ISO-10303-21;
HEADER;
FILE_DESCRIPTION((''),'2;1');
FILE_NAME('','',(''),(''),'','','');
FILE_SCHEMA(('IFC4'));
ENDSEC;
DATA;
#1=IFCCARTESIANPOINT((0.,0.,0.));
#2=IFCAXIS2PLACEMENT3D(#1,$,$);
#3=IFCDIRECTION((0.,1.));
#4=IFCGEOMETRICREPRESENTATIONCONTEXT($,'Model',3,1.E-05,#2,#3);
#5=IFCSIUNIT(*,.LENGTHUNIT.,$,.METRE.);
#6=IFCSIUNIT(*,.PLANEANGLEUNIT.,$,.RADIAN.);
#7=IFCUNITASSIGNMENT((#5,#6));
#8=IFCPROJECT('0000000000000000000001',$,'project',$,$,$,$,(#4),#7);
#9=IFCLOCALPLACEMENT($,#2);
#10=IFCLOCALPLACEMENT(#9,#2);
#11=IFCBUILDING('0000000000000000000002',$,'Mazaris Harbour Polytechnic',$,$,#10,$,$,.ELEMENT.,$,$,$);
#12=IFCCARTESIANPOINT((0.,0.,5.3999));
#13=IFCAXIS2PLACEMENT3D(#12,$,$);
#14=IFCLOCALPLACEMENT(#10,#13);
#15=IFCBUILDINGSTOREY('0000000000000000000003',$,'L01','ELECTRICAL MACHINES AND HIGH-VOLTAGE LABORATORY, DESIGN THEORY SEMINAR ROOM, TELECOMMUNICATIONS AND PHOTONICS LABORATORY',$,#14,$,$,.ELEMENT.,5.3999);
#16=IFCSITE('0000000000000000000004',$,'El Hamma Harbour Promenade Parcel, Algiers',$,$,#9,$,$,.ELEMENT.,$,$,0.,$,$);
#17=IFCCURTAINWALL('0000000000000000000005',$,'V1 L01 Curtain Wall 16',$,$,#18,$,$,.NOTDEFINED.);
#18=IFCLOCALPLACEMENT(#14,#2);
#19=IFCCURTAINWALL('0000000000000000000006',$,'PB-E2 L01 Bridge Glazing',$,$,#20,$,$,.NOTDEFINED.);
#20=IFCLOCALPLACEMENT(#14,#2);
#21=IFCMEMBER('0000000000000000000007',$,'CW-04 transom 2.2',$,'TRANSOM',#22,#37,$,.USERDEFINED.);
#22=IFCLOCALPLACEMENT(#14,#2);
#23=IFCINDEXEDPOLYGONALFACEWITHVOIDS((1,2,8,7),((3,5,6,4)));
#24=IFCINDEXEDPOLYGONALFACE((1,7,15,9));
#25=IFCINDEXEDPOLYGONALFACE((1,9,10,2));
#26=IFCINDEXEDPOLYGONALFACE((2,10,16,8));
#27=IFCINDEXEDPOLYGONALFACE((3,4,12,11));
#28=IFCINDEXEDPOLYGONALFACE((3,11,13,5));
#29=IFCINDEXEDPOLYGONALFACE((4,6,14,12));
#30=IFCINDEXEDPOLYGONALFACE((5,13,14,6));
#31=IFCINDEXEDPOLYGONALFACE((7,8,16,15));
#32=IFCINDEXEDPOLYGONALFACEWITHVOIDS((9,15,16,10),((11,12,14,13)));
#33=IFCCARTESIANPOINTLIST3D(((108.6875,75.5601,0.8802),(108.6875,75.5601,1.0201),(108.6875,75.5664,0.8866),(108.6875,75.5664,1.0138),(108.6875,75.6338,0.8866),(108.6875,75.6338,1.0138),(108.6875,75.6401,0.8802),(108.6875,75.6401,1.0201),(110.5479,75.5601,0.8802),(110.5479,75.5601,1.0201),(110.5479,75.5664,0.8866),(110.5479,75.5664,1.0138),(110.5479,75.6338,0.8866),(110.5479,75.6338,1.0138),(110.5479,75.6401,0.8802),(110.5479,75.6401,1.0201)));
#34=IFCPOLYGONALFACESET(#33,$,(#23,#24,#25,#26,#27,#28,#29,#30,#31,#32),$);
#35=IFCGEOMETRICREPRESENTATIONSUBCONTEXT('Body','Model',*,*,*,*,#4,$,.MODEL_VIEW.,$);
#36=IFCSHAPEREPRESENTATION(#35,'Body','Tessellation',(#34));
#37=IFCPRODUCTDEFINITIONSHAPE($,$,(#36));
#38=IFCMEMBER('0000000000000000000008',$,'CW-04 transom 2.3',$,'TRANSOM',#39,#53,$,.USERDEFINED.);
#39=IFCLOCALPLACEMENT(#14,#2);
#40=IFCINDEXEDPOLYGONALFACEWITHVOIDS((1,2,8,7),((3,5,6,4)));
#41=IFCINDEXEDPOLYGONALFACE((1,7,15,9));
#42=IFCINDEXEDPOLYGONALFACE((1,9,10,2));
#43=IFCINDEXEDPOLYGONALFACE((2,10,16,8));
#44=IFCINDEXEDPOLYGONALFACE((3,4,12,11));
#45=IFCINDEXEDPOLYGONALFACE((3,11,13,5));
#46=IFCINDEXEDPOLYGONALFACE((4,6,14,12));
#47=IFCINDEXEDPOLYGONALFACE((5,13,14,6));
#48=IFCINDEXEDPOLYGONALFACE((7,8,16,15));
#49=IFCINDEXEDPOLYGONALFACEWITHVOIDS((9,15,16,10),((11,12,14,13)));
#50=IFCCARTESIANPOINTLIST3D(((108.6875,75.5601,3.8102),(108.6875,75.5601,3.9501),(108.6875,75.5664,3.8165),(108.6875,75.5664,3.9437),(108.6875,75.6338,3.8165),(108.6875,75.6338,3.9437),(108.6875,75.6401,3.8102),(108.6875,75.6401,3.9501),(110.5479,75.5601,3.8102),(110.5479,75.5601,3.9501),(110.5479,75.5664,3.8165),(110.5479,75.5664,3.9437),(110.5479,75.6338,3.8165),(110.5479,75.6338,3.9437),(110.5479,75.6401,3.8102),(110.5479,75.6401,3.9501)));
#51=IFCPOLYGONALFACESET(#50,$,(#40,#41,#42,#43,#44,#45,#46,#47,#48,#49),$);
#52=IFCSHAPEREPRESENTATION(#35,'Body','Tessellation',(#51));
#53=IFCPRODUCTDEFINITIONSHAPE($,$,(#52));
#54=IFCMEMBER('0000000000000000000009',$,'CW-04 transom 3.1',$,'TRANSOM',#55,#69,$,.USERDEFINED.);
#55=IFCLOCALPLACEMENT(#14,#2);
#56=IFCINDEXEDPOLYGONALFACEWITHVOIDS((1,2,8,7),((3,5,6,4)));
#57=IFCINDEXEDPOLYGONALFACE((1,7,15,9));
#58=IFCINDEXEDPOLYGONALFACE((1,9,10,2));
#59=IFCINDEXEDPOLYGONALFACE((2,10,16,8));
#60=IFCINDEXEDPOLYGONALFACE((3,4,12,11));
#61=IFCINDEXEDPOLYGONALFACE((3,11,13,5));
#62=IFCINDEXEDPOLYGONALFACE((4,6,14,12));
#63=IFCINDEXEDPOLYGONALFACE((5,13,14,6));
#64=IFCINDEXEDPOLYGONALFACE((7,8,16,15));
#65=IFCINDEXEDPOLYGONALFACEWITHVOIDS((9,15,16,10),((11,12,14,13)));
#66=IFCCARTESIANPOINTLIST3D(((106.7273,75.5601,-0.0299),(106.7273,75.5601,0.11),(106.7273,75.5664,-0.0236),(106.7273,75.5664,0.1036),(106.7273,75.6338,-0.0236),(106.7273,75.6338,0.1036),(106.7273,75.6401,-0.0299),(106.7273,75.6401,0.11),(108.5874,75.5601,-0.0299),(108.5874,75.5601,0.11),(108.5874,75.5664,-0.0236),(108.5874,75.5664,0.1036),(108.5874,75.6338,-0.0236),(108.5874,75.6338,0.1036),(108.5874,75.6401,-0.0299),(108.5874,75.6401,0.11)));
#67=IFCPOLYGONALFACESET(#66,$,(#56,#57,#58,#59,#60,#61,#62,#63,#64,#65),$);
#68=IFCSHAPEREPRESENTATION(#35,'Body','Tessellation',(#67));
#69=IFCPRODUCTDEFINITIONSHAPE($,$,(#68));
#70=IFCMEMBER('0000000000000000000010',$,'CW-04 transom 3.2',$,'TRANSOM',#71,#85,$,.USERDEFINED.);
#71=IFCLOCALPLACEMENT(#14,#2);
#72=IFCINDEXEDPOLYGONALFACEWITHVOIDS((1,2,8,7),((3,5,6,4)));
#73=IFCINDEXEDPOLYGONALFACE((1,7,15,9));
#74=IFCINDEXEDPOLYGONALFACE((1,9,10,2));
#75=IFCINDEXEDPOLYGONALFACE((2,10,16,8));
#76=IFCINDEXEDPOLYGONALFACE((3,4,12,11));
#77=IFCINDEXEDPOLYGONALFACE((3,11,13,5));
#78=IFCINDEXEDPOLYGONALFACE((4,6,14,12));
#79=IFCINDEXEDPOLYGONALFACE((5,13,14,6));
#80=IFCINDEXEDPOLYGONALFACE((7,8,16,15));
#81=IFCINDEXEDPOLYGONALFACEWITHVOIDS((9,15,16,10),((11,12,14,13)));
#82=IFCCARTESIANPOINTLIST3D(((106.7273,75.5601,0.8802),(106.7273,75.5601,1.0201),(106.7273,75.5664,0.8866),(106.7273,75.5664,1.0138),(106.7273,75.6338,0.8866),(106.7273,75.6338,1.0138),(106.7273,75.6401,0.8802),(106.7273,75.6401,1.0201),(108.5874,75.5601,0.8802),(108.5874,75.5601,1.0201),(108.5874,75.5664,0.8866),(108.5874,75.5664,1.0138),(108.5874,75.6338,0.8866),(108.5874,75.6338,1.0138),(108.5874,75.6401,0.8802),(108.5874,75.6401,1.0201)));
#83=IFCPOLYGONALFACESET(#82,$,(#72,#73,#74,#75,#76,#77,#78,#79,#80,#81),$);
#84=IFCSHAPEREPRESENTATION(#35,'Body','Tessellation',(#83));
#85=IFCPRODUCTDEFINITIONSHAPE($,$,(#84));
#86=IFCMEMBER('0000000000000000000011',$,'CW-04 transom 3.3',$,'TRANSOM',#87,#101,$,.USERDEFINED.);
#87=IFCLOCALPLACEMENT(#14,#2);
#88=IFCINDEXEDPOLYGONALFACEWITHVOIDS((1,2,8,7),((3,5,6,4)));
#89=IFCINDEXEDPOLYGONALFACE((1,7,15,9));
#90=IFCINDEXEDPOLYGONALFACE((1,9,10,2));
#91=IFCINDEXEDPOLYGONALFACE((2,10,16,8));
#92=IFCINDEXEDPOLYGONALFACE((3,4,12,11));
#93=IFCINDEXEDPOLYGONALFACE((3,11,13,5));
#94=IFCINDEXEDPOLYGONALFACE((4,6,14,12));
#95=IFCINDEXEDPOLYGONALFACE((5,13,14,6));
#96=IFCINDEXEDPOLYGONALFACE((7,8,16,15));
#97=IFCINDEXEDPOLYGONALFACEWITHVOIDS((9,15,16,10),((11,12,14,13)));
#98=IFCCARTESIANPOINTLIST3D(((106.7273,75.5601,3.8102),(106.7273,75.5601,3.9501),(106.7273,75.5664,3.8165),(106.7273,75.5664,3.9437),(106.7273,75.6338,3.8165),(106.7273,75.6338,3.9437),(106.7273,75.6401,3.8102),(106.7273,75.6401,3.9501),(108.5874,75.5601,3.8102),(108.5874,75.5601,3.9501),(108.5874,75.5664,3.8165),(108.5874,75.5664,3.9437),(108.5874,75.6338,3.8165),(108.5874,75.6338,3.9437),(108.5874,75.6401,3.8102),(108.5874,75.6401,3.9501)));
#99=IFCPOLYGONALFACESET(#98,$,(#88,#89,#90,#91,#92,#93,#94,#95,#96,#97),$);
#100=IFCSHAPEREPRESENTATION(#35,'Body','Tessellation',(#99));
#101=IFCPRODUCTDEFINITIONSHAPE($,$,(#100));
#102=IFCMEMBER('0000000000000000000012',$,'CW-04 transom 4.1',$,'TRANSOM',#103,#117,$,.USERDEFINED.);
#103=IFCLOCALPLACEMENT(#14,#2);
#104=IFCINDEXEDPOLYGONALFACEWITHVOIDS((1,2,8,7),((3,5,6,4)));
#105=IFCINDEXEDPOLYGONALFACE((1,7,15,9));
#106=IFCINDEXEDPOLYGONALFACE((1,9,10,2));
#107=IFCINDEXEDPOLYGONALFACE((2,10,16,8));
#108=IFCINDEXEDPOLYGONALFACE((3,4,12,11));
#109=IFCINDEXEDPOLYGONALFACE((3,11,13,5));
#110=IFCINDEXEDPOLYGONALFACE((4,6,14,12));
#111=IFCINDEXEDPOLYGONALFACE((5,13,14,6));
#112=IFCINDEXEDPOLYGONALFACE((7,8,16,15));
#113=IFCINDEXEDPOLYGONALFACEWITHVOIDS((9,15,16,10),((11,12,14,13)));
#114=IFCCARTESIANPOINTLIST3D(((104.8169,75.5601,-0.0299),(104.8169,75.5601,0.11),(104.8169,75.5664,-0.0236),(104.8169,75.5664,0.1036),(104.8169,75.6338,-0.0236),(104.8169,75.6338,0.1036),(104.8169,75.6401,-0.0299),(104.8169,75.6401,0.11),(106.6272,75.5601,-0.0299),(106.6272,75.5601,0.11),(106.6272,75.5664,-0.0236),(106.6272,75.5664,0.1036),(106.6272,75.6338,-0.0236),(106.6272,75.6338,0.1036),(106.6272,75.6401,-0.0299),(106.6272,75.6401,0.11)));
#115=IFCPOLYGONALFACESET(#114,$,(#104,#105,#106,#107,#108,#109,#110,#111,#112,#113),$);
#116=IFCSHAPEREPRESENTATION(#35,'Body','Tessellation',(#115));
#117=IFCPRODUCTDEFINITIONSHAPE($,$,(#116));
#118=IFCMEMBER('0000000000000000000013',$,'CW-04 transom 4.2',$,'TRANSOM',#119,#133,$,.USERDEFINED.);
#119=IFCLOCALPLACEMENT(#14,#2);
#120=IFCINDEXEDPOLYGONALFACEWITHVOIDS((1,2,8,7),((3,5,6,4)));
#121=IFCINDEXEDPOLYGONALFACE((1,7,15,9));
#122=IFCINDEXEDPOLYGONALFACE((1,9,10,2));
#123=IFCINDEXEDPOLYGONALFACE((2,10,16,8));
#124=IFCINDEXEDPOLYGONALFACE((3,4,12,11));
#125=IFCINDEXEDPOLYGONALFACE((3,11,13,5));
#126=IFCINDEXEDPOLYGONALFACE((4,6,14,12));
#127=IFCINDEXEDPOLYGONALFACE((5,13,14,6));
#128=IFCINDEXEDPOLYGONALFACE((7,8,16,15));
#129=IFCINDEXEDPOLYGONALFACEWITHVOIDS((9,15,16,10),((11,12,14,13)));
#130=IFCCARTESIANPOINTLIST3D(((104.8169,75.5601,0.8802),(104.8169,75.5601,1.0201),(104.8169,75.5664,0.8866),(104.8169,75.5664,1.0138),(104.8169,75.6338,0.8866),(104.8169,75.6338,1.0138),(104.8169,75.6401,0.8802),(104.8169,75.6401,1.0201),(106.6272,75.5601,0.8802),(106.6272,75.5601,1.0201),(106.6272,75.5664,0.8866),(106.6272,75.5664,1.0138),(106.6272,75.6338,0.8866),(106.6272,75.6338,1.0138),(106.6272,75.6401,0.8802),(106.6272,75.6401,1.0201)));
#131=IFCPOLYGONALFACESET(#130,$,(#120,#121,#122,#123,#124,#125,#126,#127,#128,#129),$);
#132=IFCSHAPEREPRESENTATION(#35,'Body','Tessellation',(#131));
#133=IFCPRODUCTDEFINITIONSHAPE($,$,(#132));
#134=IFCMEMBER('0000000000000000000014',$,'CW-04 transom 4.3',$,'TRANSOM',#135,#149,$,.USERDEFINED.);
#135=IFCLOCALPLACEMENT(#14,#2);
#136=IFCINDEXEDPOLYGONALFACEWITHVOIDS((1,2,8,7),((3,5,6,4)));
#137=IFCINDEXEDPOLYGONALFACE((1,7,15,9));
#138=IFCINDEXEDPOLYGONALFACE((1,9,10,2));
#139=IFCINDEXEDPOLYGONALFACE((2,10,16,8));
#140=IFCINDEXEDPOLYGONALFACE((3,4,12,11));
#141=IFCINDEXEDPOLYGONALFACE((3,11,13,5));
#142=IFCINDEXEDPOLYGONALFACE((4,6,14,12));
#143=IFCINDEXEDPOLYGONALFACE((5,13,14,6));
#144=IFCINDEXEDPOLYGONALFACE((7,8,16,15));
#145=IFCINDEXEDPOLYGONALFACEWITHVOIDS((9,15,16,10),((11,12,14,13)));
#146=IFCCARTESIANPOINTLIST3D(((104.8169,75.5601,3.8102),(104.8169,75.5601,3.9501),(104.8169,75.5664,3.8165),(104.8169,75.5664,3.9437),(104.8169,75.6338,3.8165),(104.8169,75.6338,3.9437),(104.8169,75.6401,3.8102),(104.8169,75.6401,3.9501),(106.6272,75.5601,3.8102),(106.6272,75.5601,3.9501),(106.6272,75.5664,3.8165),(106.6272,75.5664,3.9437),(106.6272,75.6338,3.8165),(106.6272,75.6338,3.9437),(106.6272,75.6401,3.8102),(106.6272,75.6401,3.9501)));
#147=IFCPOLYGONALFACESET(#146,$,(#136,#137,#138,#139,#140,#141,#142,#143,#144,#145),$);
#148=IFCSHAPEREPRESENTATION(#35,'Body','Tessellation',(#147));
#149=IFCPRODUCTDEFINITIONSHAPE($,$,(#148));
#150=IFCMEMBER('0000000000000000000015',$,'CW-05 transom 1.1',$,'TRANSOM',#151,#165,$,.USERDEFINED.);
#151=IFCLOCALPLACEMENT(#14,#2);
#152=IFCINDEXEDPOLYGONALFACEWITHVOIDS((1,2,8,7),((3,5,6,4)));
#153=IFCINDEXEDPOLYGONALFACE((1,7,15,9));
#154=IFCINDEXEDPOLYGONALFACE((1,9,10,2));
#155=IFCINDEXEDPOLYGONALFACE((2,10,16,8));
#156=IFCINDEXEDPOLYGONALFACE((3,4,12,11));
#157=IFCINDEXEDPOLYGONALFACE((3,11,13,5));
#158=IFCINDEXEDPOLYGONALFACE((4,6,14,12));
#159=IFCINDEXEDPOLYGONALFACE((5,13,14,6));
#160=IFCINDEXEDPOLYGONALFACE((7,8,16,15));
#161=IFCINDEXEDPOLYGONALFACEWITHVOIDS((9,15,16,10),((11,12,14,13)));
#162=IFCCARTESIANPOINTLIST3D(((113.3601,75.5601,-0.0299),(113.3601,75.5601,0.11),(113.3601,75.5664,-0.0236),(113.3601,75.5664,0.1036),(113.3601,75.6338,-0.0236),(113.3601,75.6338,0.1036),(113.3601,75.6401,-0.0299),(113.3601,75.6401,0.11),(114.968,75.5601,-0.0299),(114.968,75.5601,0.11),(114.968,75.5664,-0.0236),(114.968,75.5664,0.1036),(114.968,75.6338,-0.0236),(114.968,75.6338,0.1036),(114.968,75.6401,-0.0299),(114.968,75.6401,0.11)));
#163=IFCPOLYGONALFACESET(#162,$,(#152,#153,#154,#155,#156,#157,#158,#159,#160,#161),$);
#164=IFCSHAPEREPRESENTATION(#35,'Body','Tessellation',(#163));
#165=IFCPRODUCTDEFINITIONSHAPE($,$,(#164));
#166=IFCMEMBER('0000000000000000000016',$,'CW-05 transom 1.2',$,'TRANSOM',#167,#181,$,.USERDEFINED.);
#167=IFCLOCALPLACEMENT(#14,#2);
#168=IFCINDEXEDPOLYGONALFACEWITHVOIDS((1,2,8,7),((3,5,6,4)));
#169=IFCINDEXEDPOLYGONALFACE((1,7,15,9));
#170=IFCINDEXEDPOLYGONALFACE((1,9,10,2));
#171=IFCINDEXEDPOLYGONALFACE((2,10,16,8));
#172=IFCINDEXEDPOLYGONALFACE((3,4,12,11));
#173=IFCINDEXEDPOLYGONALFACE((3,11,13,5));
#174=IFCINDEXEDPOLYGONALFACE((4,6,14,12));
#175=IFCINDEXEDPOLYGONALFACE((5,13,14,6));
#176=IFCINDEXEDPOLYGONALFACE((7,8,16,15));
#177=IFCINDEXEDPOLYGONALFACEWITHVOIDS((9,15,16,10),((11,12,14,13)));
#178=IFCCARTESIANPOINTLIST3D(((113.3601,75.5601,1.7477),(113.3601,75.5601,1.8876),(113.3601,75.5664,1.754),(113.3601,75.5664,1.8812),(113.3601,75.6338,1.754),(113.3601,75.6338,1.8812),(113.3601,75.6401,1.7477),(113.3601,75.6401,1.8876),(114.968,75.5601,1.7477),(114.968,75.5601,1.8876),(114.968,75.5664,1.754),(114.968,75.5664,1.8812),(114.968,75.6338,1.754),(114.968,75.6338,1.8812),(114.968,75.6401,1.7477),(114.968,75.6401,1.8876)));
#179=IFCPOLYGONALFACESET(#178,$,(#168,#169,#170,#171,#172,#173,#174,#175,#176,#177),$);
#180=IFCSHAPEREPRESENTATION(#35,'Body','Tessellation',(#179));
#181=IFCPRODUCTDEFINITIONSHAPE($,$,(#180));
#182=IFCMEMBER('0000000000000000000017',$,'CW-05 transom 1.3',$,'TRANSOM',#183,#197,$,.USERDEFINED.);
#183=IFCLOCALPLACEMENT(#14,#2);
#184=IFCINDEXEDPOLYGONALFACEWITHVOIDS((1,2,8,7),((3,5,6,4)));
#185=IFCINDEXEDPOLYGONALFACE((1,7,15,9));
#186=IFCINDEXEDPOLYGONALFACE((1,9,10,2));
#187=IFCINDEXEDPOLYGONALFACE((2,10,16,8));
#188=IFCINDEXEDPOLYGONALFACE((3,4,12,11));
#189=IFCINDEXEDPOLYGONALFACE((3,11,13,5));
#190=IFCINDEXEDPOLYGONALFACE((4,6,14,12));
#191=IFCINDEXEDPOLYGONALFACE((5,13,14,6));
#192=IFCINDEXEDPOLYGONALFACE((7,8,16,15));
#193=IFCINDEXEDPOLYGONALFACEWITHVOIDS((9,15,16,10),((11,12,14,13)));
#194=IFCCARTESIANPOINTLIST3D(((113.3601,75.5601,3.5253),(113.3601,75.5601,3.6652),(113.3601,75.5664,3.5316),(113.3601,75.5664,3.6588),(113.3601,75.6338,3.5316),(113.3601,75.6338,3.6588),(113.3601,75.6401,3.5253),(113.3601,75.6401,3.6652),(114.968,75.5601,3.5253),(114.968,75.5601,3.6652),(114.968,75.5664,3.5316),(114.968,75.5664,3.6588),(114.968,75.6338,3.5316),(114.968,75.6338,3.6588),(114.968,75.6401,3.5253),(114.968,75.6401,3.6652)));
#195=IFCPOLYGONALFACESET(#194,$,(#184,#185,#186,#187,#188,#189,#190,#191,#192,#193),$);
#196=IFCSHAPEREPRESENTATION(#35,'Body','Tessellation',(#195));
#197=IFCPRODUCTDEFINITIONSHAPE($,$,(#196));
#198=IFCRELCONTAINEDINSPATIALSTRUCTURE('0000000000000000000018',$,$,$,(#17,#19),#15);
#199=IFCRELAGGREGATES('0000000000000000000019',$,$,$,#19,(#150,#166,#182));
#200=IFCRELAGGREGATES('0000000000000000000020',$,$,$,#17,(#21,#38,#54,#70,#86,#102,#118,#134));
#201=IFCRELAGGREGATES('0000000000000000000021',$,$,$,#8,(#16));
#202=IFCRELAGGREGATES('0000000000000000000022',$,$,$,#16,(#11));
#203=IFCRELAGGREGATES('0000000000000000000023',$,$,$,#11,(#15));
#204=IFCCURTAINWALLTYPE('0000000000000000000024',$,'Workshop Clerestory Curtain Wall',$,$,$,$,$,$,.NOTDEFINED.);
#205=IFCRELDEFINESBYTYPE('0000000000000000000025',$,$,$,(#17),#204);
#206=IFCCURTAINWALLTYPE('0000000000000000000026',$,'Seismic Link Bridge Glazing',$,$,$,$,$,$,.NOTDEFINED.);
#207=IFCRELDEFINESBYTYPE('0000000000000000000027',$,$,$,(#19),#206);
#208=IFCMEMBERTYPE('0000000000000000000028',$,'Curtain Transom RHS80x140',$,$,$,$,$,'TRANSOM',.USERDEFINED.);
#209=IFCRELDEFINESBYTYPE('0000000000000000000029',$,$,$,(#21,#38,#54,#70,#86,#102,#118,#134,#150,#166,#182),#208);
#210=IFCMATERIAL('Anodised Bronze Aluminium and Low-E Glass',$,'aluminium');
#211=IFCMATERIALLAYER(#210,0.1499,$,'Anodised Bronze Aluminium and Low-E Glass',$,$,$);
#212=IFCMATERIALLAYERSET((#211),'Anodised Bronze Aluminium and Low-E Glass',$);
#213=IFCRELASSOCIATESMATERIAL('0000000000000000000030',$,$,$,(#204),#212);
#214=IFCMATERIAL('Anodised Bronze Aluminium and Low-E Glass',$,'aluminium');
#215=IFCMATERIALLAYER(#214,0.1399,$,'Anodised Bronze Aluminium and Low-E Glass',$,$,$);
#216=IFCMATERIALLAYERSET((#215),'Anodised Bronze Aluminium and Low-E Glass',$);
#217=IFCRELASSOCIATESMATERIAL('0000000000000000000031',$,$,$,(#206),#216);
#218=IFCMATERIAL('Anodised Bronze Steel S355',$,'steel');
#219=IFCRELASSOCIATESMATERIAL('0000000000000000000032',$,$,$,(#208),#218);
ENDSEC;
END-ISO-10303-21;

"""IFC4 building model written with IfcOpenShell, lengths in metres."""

from ifc_helpers import new_model, si_unit, direction, frame, origin, origin_2d, place, context, subcontext, project, spatial, hollow_rectangle, extrude, material, layer, layer_set, material_profile, profile_set, type_object, element, aggregate, save


model = new_model("IFC4")

# Units and contexts
model_context = context("Model", 3, precision=1e-05, world=origin(), true_north=direction((0.0, 1.0)))
body_context = subcontext(model_context, "Body", "Model", "MODEL_VIEW")
ifc_project = project(units=[si_unit("LENGTHUNIT", "METRE"), si_unit("PLANEANGLEUNIT", "RADIAN")], contexts=[model_context])

# Site, building, storey
site_placement = place(None, origin())
site = spatial("IfcSite", under=ifc_project, at=site_placement, Name="El Hamma Harbour Promenade Parcel, Algiers", CompositionType="ELEMENT", RefElevation=0.0)
building_placement = place(site_placement, origin())
building = spatial("IfcBuilding", under=site, at=building_placement, Name="Mazaris Harbour Polytechnic", CompositionType="ELEMENT")
storey_placement = place(building_placement, frame((0.0, 0.0, 5.3999)))
storey = spatial("IfcBuildingStorey", under=building, at=storey_placement, Name="L01", Description="ELECTRICAL MACHINES AND HIGH-VOLTAGE LABORATORY, DESIGN THEORY SEMINAR ROOM, TELECOMMUNICATIONS AND PHOTONICS LABORATORY", CompositionType="ELEMENT", Elevation=5.3999)

# Curtain wall
ifc_material_1 = material(Name="Anodised Bronze Aluminium and Low-E Glass", Category="aluminium")
ifc_layer_1 = layer(ifc_material_1, 0.1499, Name="Anodised Bronze Aluminium and Low-E Glass")
ifc_layer_set_1 = layer_set([ifc_layer_1], Name="Anodised Bronze Aluminium and Low-E Glass")
curtain_wall_type_1 = type_object("IfcCurtainWallType", Name="Workshop Clerestory Curtain Wall", PredefinedType="NOTDEFINED", material=ifc_layer_set_1)
curtain_wall_1_placement = place(storey_placement, origin())
curtain_wall_1 = element("IfcCurtainWall", 1, at=curtain_wall_1_placement, inside=storey, type_object=curtain_wall_type_1, Name="V1 L01 Curtain Wall 16", PredefinedType="NOTDEFINED")

# Curtain wall
ifc_material_2 = material(Name="Anodised Bronze Aluminium and Low-E Glass", Category="aluminium")
ifc_layer_2 = layer(ifc_material_2, 0.1399, Name="Anodised Bronze Aluminium and Low-E Glass")
ifc_layer_set_2 = layer_set([ifc_layer_2], Name="Anodised Bronze Aluminium and Low-E Glass")
curtain_wall_type_2 = type_object("IfcCurtainWallType", Name="Seismic Link Bridge Glazing", PredefinedType="NOTDEFINED", material=ifc_layer_set_2)
curtain_wall_2_placement = place(storey_placement, origin())
curtain_wall_2 = element("IfcCurtainWall", 2, at=curtain_wall_2_placement, inside=storey, type_object=curtain_wall_type_2, Name="PB-E2 L01 Bridge Glazing", PredefinedType="NOTDEFINED")

# Members
ifc_material_3 = material(Name="Anodised Bronze Steel S355", Category="steel")
ifc_material_profile_1 = material_profile(ifc_material_3, hollow_rectangle(XDim=0.0801, YDim=0.1399, WallThickness=0.0063, at=origin_2d()), Name="RHS 80x140x6.3")
ifc_profile_set_1 = profile_set([ifc_material_profile_1], Name="Anodised Bronze Steel S355")
member_type_1 = type_object("IfcMemberType", Name="Curtain Transom RHS80x140", ElementType="TRANSOM", PredefinedType="USERDEFINED", material=ifc_profile_set_1)
member_1_placement = place(storey_placement, frame((110.5479, 75.6001, 0.9502), z_axis=(-1.0, 0.0, 0.0), x_axis=(0.0, -1.0, 0.0)))
member_1 = element("IfcMember", 3, at=member_1_placement, type_object=member_type_1, Name="CW-04 transom 2.2", ObjectType="TRANSOM", PredefinedType="USERDEFINED", context=body_context, shape_type="SweptSolid", body=[
    extrude(hollow_rectangle(XDim=0.0801, YDim=0.1399, WallThickness=0.0063, at=origin_2d()), origin(), (0.0, 0.0, 1.0), 1.8604),
])
member_2_placement = place(storey_placement, frame((110.5479, 75.6001, 3.8801), z_axis=(-1.0, 0.0, 0.0), x_axis=(0.0, -1.0, 0.0)))
member_2 = element("IfcMember", 4, at=member_2_placement, type_object=member_type_1, Name="CW-04 transom 2.3", ObjectType="TRANSOM", PredefinedType="USERDEFINED", context=body_context, shape_type="SweptSolid", body=[
    extrude(hollow_rectangle(XDim=0.0801, YDim=0.1399, WallThickness=0.0063, at=origin_2d()), origin(), (0.0, 0.0, 1.0), 1.8604),
])
member_3_placement = place(storey_placement, frame((108.5874, 75.6001, 0.04), z_axis=(-1.0, 0.0, 0.0), x_axis=(0.0, -1.0, 0.0)))
member_3 = element("IfcMember", 5, at=member_3_placement, type_object=member_type_1, Name="CW-04 transom 3.1", ObjectType="TRANSOM", PredefinedType="USERDEFINED", context=body_context, shape_type="SweptSolid", body=[
    extrude(hollow_rectangle(XDim=0.0801, YDim=0.1399, WallThickness=0.0063, at=origin_2d()), origin(), (0.0, 0.0, 1.0), 1.8601),
])
member_4_placement = place(storey_placement, frame((108.5874, 75.6001, 0.9502), z_axis=(-1.0, 0.0, 0.0), x_axis=(0.0, -1.0, 0.0)))
member_4 = element("IfcMember", 6, at=member_4_placement, type_object=member_type_1, Name="CW-04 transom 3.2", ObjectType="TRANSOM", PredefinedType="USERDEFINED", context=body_context, shape_type="SweptSolid", body=[
    extrude(hollow_rectangle(XDim=0.0801, YDim=0.1399, WallThickness=0.0063, at=origin_2d()), origin(), (0.0, 0.0, 1.0), 1.8601),
])
member_5_placement = place(storey_placement, frame((108.5874, 75.6001, 3.8801), z_axis=(-1.0, 0.0, 0.0), x_axis=(0.0, -1.0, 0.0)))
member_5 = element("IfcMember", 7, at=member_5_placement, type_object=member_type_1, Name="CW-04 transom 3.3", ObjectType="TRANSOM", PredefinedType="USERDEFINED", context=body_context, shape_type="SweptSolid", body=[
    extrude(hollow_rectangle(XDim=0.0801, YDim=0.1399, WallThickness=0.0063, at=origin_2d()), origin(), (0.0, 0.0, 1.0), 1.8601),
])
member_6_placement = place(storey_placement, frame((106.6272, 75.6001, 0.04), z_axis=(-1.0, 0.0, 0.0), x_axis=(0.0, -1.0, 0.0)))
member_6 = element("IfcMember", 8, at=member_6_placement, type_object=member_type_1, Name="CW-04 transom 4.1", ObjectType="TRANSOM", PredefinedType="USERDEFINED", context=body_context, shape_type="SweptSolid", body=[
    extrude(hollow_rectangle(XDim=0.0801, YDim=0.1399, WallThickness=0.0063, at=origin_2d()), origin(), (0.0, 0.0, 1.0), 1.8103),
])
member_7_placement = place(storey_placement, frame((106.6272, 75.6001, 0.9502), z_axis=(-1.0, 0.0, 0.0), x_axis=(0.0, -1.0, 0.0)))
member_7 = element("IfcMember", 9, at=member_7_placement, type_object=member_type_1, Name="CW-04 transom 4.2", ObjectType="TRANSOM", PredefinedType="USERDEFINED", context=body_context, shape_type="SweptSolid", body=[
    extrude(hollow_rectangle(XDim=0.0801, YDim=0.1399, WallThickness=0.0063, at=origin_2d()), origin(), (0.0, 0.0, 1.0), 1.8103),
])
member_8_placement = place(storey_placement, frame((106.6272, 75.6001, 3.8801), z_axis=(-1.0, 0.0, 0.0), x_axis=(0.0, -1.0, 0.0)))
member_8 = element("IfcMember", 10, at=member_8_placement, type_object=member_type_1, Name="CW-04 transom 4.3", ObjectType="TRANSOM", PredefinedType="USERDEFINED", context=body_context, shape_type="SweptSolid", body=[
    extrude(hollow_rectangle(XDim=0.0801, YDim=0.1399, WallThickness=0.0063, at=origin_2d()), origin(), (0.0, 0.0, 1.0), 1.8103),
])
member_9_placement = place(storey_placement, frame((113.3601, 75.6001, 0.04), z_axis=(1.0, 0.0, 0.0), x_axis=(0.0, 1.0, 0.0)))
member_9 = element("IfcMember", 11, at=member_9_placement, type_object=member_type_1, Name="CW-05 transom 1.1", ObjectType="TRANSOM", PredefinedType="USERDEFINED", context=body_context, shape_type="SweptSolid", body=[
    extrude(hollow_rectangle(XDim=0.0801, YDim=0.1399, WallThickness=0.0063, at=origin_2d()), origin(), (0.0, 0.0, 1.0), 1.6079),
])
member_10_placement = place(storey_placement, frame((113.3601, 75.6001, 1.8176), z_axis=(1.0, 0.0, 0.0), x_axis=(0.0, 1.0, 0.0)))
member_10 = element("IfcMember", 12, at=member_10_placement, type_object=member_type_1, Name="CW-05 transom 1.2", ObjectType="TRANSOM", PredefinedType="USERDEFINED", context=body_context, shape_type="SweptSolid", body=[
    extrude(hollow_rectangle(XDim=0.0801, YDim=0.1399, WallThickness=0.0063, at=origin_2d()), origin(), (0.0, 0.0, 1.0), 1.6079),
])
member_11_placement = place(storey_placement, frame((113.3601, 75.6001, 3.5952), z_axis=(1.0, 0.0, 0.0), x_axis=(0.0, 1.0, 0.0)))
member_11 = element("IfcMember", 13, at=member_11_placement, type_object=member_type_1, Name="CW-05 transom 1.3", ObjectType="TRANSOM", PredefinedType="USERDEFINED", context=body_context, shape_type="SweptSolid", body=[
    extrude(hollow_rectangle(XDim=0.0801, YDim=0.1399, WallThickness=0.0063, at=origin_2d()), origin(), (0.0, 0.0, 1.0), 1.6079),
])
aggregate(curtain_wall_2, [member_9, member_10, member_11])

aggregate(curtain_wall_1, [member_1, member_2, member_3, member_4, member_5, member_6, member_7, member_8])

save(model, "model.ifc")
